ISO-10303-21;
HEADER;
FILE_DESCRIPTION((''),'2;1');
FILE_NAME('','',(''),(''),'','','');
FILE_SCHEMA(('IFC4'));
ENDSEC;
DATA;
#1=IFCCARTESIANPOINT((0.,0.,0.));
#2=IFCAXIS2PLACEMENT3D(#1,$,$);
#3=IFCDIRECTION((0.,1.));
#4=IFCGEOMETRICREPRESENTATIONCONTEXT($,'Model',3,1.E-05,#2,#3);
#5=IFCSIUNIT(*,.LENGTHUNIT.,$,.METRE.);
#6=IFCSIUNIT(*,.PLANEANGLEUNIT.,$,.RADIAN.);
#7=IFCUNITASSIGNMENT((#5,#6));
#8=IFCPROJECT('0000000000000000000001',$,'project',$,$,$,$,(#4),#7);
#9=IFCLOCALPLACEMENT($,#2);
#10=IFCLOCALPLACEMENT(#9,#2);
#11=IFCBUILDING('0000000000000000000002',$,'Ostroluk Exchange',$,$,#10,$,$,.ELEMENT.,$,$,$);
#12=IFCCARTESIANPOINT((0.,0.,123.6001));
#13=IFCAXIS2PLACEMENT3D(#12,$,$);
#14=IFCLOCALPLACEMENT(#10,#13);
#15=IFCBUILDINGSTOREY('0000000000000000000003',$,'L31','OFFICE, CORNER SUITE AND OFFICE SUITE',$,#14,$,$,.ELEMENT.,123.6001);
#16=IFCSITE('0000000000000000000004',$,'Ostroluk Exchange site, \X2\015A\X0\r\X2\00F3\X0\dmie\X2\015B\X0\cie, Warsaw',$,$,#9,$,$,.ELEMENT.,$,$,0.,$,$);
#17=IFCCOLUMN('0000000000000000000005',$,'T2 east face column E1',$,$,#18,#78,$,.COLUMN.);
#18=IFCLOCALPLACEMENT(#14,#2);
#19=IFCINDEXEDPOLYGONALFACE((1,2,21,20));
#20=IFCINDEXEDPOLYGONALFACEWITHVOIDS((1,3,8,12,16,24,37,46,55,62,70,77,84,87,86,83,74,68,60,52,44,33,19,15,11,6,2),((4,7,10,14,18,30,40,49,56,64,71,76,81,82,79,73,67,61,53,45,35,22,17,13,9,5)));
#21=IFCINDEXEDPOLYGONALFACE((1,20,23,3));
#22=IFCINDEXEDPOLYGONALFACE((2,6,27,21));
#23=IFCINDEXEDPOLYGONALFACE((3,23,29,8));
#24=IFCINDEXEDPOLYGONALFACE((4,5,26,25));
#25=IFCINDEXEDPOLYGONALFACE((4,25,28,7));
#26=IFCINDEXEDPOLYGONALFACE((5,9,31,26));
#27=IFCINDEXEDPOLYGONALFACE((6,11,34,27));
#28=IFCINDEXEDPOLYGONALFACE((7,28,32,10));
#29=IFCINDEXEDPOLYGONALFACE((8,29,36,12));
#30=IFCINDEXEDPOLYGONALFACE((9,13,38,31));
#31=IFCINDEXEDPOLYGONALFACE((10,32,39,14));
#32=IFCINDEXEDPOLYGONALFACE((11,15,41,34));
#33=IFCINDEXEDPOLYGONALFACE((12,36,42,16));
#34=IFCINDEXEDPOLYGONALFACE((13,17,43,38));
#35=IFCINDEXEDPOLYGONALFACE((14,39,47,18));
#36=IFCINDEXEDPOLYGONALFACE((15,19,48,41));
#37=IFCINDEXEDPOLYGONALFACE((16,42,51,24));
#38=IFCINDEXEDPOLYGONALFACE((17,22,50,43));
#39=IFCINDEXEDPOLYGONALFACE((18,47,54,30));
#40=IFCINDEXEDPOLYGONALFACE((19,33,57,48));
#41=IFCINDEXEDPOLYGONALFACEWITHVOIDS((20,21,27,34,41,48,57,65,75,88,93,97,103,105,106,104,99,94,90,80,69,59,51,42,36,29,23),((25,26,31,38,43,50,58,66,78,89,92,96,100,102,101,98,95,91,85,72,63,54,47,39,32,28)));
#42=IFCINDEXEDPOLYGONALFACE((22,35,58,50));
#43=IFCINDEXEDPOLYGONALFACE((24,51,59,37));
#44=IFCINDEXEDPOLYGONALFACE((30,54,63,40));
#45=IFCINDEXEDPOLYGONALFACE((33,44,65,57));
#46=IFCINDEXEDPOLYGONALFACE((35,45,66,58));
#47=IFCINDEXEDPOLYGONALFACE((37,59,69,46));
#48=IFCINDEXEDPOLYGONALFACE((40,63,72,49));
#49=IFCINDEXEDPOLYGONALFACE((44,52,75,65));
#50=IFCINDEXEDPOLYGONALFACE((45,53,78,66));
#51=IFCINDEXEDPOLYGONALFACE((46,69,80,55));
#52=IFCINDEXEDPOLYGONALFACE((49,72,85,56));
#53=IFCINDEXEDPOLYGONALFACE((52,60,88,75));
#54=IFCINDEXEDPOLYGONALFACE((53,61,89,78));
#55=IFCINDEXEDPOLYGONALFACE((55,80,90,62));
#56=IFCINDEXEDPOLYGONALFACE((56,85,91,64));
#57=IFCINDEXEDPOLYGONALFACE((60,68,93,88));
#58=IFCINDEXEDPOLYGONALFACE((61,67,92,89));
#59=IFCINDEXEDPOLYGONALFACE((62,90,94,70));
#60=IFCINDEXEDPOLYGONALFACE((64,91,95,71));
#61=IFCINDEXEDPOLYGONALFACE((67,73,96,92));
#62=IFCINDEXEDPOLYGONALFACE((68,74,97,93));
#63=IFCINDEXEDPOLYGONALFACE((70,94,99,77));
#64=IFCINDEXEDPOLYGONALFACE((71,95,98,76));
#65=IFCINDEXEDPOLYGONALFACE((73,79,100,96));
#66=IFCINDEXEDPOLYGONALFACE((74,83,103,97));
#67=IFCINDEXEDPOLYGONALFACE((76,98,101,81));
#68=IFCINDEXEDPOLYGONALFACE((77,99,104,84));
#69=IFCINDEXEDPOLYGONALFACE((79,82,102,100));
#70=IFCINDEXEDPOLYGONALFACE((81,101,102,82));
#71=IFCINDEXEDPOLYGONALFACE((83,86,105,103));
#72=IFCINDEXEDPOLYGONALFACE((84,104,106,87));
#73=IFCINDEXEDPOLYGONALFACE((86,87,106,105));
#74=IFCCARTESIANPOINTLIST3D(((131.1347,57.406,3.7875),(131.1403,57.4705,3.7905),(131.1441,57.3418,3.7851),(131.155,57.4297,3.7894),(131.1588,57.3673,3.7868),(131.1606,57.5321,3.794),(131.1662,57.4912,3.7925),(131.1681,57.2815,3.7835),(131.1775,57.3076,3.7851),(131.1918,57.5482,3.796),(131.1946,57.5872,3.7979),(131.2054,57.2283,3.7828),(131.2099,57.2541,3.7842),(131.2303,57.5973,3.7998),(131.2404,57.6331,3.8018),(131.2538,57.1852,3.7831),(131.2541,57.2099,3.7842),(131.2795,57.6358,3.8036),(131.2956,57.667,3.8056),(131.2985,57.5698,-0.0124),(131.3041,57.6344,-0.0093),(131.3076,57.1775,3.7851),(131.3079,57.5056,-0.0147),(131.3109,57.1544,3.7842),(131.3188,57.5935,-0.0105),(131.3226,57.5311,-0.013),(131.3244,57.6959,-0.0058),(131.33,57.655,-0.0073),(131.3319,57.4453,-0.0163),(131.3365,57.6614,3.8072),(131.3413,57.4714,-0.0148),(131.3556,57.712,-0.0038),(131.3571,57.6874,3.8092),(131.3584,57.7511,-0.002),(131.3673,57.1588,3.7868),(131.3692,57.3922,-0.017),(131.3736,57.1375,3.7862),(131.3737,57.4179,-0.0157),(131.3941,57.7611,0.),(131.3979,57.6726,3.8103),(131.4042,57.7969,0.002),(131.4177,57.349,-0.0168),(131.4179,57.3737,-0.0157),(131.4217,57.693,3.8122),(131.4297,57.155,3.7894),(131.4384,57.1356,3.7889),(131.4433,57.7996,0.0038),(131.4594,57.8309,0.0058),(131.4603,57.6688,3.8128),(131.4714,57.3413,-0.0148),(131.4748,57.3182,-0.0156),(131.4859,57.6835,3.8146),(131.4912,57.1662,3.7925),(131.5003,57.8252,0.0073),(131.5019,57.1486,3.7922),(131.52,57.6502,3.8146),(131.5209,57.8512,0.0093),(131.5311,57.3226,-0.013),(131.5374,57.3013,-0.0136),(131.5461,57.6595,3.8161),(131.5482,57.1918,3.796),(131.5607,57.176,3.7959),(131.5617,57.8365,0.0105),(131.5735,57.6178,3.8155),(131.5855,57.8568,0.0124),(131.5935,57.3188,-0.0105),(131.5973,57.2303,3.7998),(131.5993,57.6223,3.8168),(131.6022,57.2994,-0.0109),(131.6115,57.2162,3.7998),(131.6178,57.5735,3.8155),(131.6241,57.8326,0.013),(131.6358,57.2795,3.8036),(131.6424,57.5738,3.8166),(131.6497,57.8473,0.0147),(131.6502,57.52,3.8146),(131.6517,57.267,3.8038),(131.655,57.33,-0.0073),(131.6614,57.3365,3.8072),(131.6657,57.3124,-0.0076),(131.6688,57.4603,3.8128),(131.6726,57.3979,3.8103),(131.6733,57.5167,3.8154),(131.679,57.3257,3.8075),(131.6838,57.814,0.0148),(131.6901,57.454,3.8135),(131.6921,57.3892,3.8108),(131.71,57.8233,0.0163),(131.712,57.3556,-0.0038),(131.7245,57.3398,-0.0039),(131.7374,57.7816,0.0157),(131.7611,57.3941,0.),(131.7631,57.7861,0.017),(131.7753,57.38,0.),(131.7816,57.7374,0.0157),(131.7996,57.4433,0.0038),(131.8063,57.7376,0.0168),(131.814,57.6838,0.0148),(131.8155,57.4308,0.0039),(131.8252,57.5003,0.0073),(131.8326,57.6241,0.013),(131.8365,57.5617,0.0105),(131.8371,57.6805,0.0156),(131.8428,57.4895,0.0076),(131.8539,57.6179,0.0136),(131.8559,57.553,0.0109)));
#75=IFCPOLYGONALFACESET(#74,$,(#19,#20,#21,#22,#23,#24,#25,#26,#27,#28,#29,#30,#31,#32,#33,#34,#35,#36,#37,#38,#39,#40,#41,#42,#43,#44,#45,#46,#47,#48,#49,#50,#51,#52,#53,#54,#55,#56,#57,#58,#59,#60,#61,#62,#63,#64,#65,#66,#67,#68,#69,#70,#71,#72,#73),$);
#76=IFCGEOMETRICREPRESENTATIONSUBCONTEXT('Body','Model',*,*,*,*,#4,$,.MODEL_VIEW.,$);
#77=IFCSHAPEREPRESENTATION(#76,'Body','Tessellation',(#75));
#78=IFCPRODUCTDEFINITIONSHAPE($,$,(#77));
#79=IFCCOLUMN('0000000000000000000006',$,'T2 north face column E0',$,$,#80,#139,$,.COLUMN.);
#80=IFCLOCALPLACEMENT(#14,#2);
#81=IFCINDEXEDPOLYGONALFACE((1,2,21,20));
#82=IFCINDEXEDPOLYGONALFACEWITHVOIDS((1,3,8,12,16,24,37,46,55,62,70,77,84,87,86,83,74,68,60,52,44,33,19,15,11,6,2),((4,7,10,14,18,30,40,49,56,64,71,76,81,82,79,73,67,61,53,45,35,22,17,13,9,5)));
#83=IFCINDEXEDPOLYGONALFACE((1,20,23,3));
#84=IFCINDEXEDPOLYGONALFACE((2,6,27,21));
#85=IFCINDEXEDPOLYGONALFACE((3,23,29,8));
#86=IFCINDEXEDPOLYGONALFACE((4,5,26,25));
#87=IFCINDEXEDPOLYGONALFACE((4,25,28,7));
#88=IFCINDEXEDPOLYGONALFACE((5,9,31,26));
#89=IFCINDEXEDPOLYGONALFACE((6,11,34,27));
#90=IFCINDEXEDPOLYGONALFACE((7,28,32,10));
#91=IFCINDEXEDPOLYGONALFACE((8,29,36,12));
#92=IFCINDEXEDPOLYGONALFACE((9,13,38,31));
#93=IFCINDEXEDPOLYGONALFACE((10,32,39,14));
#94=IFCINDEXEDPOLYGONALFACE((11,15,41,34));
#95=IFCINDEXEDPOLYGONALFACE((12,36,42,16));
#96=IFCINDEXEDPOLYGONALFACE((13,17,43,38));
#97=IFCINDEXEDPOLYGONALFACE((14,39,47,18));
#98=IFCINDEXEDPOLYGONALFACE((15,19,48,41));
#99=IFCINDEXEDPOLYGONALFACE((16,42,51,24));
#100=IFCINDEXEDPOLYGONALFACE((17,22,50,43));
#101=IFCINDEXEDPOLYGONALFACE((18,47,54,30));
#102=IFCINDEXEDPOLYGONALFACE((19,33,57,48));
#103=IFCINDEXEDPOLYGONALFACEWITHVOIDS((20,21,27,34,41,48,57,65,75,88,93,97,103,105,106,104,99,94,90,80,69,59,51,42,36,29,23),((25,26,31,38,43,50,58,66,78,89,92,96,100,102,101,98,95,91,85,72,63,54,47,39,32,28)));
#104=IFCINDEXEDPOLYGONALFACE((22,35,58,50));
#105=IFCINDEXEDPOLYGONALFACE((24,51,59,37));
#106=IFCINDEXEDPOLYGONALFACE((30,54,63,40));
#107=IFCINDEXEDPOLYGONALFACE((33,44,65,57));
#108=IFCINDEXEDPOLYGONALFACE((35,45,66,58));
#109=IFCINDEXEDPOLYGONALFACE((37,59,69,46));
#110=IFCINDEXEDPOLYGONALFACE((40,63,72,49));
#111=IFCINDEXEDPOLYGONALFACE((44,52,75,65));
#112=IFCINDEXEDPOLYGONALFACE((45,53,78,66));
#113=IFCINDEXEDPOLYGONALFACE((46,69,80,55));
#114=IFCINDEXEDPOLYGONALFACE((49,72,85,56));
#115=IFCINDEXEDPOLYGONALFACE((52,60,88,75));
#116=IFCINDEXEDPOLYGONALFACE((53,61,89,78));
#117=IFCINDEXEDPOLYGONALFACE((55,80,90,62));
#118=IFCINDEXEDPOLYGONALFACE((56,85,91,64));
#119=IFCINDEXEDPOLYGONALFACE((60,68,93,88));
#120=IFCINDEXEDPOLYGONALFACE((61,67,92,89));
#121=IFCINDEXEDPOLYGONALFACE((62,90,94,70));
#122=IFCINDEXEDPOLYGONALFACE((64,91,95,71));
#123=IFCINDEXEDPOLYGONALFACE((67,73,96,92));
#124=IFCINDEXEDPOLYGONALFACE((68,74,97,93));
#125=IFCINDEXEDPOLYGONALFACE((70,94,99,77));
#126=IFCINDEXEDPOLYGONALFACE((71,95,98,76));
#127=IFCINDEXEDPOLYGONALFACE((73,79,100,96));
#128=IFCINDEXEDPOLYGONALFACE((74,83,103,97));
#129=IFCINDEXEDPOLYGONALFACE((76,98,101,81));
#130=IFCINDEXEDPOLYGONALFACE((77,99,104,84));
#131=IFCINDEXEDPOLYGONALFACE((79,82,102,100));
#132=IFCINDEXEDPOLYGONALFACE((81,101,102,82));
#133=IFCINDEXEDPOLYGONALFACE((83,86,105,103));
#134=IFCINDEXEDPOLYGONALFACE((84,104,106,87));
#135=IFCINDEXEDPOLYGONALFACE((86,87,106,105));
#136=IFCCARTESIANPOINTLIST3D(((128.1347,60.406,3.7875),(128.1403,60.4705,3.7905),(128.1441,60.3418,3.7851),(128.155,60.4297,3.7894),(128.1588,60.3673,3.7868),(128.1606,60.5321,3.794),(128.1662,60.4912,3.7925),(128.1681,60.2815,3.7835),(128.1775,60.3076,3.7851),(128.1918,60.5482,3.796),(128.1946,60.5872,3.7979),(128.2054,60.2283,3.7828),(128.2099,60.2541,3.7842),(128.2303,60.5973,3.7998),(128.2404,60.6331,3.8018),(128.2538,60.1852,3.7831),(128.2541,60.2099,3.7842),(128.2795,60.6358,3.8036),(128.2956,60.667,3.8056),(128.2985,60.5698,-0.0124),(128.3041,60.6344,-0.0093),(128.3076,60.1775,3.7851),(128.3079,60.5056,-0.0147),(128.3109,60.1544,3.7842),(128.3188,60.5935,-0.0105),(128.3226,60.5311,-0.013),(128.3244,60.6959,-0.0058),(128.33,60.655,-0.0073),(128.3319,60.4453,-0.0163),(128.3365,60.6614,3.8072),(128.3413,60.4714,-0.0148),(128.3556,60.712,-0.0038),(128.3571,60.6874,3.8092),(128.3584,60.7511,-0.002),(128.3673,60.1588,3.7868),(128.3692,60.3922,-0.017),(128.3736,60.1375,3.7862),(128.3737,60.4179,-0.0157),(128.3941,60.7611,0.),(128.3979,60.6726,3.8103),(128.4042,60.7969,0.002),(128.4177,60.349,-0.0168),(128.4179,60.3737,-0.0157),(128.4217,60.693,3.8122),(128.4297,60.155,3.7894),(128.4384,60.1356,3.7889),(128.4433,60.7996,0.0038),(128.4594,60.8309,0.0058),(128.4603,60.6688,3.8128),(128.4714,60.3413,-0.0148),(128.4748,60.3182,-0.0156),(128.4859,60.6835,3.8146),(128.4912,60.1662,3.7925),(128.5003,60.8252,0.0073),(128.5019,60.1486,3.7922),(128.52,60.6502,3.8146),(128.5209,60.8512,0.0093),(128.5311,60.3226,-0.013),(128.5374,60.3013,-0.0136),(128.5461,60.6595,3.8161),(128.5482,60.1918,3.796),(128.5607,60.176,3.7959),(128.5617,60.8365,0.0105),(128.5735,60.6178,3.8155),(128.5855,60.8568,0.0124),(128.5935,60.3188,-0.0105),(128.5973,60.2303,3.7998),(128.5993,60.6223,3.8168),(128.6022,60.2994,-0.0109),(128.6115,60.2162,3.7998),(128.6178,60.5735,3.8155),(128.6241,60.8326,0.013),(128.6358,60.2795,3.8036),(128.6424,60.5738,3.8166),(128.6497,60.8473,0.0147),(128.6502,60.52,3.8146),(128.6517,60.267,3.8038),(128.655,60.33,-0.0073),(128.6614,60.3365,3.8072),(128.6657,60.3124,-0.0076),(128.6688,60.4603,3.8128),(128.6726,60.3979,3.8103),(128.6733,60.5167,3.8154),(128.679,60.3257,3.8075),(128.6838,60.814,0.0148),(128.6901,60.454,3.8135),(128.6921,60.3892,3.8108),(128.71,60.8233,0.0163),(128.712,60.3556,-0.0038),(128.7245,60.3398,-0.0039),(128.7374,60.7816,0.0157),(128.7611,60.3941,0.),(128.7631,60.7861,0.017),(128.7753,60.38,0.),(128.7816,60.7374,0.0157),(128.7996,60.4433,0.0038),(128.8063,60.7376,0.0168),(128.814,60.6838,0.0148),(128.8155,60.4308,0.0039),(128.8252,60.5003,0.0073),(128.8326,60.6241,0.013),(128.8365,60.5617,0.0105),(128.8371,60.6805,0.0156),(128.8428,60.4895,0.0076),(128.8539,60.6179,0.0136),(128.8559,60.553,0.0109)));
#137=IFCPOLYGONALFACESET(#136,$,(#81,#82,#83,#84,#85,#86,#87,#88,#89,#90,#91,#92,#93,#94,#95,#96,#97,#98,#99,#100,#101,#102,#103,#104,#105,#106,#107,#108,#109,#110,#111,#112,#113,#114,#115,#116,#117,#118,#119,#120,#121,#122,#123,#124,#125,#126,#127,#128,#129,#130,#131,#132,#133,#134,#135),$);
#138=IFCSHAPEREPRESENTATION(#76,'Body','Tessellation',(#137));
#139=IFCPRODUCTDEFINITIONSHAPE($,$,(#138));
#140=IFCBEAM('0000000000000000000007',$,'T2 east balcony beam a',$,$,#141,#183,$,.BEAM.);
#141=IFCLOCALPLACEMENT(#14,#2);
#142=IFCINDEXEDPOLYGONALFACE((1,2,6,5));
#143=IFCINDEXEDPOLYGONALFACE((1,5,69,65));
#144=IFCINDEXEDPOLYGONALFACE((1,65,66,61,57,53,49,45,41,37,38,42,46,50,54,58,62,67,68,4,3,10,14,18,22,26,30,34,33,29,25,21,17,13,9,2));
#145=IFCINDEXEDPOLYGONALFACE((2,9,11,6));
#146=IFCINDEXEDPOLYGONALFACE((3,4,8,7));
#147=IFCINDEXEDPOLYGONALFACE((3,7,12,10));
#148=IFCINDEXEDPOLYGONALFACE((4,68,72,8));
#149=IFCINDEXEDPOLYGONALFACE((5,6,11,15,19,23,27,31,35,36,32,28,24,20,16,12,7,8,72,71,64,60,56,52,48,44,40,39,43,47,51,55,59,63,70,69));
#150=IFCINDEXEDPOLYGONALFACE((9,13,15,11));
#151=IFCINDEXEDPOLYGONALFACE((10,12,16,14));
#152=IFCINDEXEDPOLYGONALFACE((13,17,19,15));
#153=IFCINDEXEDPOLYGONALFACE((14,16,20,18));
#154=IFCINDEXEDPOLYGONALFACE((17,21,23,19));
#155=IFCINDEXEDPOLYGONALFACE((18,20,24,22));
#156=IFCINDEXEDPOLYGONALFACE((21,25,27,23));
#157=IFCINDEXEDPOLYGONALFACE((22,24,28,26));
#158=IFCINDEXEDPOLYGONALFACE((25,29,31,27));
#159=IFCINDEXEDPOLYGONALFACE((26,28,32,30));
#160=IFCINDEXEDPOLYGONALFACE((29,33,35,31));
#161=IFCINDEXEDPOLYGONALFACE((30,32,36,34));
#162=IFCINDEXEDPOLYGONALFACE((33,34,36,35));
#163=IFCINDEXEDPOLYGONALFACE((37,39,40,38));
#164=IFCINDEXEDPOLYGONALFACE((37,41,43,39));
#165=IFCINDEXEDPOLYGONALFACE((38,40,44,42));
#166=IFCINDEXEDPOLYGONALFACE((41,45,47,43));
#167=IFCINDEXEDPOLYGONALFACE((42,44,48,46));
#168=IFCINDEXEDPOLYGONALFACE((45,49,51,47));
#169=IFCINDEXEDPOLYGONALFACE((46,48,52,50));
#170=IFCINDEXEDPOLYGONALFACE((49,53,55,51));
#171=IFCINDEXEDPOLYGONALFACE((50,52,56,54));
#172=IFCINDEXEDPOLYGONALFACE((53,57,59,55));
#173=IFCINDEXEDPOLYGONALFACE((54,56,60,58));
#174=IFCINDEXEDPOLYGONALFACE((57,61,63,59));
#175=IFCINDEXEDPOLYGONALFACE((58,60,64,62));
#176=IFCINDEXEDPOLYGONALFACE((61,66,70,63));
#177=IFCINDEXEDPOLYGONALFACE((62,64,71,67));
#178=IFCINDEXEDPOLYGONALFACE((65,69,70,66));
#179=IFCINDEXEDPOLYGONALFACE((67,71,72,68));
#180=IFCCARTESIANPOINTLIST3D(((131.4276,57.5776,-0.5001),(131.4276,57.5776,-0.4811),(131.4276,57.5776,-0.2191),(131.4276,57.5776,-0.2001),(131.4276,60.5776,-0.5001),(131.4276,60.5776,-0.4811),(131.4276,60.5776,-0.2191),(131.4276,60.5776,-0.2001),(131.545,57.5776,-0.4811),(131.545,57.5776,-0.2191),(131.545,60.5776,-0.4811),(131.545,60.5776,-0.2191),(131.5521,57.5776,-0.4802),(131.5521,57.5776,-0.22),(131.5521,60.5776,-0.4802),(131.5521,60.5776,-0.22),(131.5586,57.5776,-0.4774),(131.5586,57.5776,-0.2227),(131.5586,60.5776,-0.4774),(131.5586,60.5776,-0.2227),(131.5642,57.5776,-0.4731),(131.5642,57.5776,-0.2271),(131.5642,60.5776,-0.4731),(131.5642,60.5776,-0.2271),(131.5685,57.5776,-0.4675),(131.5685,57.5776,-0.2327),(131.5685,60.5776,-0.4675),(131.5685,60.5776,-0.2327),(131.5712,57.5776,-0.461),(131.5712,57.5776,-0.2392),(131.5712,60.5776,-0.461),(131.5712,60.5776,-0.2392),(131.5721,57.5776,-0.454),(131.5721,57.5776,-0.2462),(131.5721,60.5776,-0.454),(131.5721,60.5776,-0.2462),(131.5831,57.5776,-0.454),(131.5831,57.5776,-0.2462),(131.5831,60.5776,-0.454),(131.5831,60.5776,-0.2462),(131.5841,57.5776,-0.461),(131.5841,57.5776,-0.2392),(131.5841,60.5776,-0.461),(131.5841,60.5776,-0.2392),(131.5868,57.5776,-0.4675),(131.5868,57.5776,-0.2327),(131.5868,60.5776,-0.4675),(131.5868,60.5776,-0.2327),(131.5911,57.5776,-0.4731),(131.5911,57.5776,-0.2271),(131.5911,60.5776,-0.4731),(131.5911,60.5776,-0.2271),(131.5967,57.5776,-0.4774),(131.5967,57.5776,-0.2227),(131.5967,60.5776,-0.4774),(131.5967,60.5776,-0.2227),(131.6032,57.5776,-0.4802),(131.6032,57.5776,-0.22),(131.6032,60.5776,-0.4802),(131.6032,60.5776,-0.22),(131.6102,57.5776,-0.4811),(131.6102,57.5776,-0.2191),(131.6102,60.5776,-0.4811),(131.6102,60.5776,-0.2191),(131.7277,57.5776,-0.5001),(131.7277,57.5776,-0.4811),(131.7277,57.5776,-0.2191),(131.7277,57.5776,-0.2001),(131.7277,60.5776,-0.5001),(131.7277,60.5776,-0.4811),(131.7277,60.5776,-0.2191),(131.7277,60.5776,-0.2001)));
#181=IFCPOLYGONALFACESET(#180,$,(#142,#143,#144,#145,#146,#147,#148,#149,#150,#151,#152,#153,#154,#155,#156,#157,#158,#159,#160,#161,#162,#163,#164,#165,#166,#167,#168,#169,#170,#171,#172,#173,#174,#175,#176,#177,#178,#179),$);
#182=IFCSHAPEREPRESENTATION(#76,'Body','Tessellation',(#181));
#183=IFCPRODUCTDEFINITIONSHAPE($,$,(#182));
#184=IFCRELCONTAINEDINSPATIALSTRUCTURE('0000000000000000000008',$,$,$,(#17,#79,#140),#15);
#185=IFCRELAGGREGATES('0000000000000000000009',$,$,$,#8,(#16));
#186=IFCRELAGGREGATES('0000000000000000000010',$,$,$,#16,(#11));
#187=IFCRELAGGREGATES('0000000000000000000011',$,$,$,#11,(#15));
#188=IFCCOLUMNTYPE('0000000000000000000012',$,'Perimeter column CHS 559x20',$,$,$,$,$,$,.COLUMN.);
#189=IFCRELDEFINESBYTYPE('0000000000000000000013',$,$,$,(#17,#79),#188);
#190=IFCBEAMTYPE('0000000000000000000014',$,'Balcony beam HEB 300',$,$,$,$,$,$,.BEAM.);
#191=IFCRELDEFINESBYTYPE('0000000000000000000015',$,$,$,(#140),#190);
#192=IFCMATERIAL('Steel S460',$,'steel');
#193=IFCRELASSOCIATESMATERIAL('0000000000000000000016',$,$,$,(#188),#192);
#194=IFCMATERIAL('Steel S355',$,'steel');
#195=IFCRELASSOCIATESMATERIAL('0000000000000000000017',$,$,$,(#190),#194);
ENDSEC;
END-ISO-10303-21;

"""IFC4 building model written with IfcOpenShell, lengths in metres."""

from ifc_helpers import new_model, si_unit, direction, frame, origin, origin_2d, place, context, subcontext, project, spatial, hollow_circle, i_section, extrude, material, material_profile, profile_set, type_object, element, save


model = new_model("IFC4")

# Units and contexts
model_context = context("Model", 3, precision=1e-05, world=origin(), true_north=direction((0.0, 1.0)))
body_context = subcontext(model_context, "Body", "Model", "MODEL_VIEW")
ifc_project = project(units=[si_unit("LENGTHUNIT", "METRE"), si_unit("PLANEANGLEUNIT", "RADIAN")], contexts=[model_context])

# Site, building, storey
site_placement = place(None, origin())
site = spatial("IfcSite", under=ifc_project, at=site_placement, Name="Ostroluk Exchange site, Śródmieście, Warsaw", CompositionType="ELEMENT", RefElevation=0.0)
building_placement = place(site_placement, origin())
building = spatial("IfcBuilding", under=site, at=building_placement, Name="Ostroluk Exchange", CompositionType="ELEMENT")
storey_placement = place(building_placement, frame((0.0, 0.0, 123.6001)))
storey = spatial("IfcBuildingStorey", under=building, at=storey_placement, Name="L31", Description="OFFICE, CORNER SUITE AND OFFICE SUITE", CompositionType="ELEMENT", Elevation=123.6001)

# Columns
ifc_material_1 = material(Name="Steel S460", Category="steel")
ifc_material_profile_1 = material_profile(ifc_material_1, hollow_circle(Radius=0.2795, WallThickness=0.02, at=origin_2d()), Name="CHS 559x20")
ifc_profile_set_1 = profile_set([ifc_material_profile_1], Name="Steel S460")
column_type = type_object("IfcColumnType", Name="Perimeter column CHS 559x20", PredefinedType="COLUMN", material=ifc_profile_set_1)
for number, where, z_axis, x_axis, name in (
    (1, (131.5776, 57.5776, 0.0), (-0.043032, -0.043032, 0.998146), (0.707107, -0.707107, 0.0), "T2 east face column E1"),
    (2, (128.5776, 60.5776, 0.0), (-0.043032, -0.043032, 0.998146), (0.707107, -0.707107, 0.0), "T2 north face column E0"),
):
    element("IfcColumn", number, at=place(storey_placement, frame(where, z_axis=z_axis, x_axis=x_axis)), inside=storey, type_object=column_type, Name=name, PredefinedType="COLUMN", context=body_context, shape_type="SweptSolid", body=[
        extrude(hollow_circle(Radius=0.2795, WallThickness=0.02, at=origin_2d()), origin(), (0.0, 0.0, 1.0), 3.8069),
    ])

# Beam
ifc_material_2 = material(Name="Steel S355", Category="steel")
ifc_material_profile_2 = material_profile(ifc_material_2, i_section(OverallWidth=0.3, OverallDepth=0.3, WebThickness=0.011, FlangeThickness=0.019, FilletRadius=0.0271, at=origin_2d()), Name="HEB 300")
ifc_profile_set_2 = profile_set([ifc_material_profile_2], Name="Steel S355")
beam_type_1 = type_object("IfcBeamType", Name="Balcony beam HEB 300", PredefinedType="BEAM", material=ifc_profile_set_2)
for number, where, z_axis, x_axis, name in (
    (3, (131.5776, 57.5776, -0.3501), (0.0, 1.0, 0.0), (-1.0, 0.0, 0.0), "T2 east balcony beam a"),
):
    element("IfcBeam", number, at=place(storey_placement, frame(where, z_axis=z_axis, x_axis=x_axis)), inside=storey, type_object=beam_type_1, Name=name, PredefinedType="BEAM", context=body_context, shape_type="SweptSolid", body=[
        extrude(i_section(OverallWidth=0.3, OverallDepth=0.3, WebThickness=0.011, FlangeThickness=0.019, FilletRadius=0.0271, at=origin_2d()), origin(), (0.0, 0.0, 1.0), 3.0),
    ])

save(model, "model.ifc")
